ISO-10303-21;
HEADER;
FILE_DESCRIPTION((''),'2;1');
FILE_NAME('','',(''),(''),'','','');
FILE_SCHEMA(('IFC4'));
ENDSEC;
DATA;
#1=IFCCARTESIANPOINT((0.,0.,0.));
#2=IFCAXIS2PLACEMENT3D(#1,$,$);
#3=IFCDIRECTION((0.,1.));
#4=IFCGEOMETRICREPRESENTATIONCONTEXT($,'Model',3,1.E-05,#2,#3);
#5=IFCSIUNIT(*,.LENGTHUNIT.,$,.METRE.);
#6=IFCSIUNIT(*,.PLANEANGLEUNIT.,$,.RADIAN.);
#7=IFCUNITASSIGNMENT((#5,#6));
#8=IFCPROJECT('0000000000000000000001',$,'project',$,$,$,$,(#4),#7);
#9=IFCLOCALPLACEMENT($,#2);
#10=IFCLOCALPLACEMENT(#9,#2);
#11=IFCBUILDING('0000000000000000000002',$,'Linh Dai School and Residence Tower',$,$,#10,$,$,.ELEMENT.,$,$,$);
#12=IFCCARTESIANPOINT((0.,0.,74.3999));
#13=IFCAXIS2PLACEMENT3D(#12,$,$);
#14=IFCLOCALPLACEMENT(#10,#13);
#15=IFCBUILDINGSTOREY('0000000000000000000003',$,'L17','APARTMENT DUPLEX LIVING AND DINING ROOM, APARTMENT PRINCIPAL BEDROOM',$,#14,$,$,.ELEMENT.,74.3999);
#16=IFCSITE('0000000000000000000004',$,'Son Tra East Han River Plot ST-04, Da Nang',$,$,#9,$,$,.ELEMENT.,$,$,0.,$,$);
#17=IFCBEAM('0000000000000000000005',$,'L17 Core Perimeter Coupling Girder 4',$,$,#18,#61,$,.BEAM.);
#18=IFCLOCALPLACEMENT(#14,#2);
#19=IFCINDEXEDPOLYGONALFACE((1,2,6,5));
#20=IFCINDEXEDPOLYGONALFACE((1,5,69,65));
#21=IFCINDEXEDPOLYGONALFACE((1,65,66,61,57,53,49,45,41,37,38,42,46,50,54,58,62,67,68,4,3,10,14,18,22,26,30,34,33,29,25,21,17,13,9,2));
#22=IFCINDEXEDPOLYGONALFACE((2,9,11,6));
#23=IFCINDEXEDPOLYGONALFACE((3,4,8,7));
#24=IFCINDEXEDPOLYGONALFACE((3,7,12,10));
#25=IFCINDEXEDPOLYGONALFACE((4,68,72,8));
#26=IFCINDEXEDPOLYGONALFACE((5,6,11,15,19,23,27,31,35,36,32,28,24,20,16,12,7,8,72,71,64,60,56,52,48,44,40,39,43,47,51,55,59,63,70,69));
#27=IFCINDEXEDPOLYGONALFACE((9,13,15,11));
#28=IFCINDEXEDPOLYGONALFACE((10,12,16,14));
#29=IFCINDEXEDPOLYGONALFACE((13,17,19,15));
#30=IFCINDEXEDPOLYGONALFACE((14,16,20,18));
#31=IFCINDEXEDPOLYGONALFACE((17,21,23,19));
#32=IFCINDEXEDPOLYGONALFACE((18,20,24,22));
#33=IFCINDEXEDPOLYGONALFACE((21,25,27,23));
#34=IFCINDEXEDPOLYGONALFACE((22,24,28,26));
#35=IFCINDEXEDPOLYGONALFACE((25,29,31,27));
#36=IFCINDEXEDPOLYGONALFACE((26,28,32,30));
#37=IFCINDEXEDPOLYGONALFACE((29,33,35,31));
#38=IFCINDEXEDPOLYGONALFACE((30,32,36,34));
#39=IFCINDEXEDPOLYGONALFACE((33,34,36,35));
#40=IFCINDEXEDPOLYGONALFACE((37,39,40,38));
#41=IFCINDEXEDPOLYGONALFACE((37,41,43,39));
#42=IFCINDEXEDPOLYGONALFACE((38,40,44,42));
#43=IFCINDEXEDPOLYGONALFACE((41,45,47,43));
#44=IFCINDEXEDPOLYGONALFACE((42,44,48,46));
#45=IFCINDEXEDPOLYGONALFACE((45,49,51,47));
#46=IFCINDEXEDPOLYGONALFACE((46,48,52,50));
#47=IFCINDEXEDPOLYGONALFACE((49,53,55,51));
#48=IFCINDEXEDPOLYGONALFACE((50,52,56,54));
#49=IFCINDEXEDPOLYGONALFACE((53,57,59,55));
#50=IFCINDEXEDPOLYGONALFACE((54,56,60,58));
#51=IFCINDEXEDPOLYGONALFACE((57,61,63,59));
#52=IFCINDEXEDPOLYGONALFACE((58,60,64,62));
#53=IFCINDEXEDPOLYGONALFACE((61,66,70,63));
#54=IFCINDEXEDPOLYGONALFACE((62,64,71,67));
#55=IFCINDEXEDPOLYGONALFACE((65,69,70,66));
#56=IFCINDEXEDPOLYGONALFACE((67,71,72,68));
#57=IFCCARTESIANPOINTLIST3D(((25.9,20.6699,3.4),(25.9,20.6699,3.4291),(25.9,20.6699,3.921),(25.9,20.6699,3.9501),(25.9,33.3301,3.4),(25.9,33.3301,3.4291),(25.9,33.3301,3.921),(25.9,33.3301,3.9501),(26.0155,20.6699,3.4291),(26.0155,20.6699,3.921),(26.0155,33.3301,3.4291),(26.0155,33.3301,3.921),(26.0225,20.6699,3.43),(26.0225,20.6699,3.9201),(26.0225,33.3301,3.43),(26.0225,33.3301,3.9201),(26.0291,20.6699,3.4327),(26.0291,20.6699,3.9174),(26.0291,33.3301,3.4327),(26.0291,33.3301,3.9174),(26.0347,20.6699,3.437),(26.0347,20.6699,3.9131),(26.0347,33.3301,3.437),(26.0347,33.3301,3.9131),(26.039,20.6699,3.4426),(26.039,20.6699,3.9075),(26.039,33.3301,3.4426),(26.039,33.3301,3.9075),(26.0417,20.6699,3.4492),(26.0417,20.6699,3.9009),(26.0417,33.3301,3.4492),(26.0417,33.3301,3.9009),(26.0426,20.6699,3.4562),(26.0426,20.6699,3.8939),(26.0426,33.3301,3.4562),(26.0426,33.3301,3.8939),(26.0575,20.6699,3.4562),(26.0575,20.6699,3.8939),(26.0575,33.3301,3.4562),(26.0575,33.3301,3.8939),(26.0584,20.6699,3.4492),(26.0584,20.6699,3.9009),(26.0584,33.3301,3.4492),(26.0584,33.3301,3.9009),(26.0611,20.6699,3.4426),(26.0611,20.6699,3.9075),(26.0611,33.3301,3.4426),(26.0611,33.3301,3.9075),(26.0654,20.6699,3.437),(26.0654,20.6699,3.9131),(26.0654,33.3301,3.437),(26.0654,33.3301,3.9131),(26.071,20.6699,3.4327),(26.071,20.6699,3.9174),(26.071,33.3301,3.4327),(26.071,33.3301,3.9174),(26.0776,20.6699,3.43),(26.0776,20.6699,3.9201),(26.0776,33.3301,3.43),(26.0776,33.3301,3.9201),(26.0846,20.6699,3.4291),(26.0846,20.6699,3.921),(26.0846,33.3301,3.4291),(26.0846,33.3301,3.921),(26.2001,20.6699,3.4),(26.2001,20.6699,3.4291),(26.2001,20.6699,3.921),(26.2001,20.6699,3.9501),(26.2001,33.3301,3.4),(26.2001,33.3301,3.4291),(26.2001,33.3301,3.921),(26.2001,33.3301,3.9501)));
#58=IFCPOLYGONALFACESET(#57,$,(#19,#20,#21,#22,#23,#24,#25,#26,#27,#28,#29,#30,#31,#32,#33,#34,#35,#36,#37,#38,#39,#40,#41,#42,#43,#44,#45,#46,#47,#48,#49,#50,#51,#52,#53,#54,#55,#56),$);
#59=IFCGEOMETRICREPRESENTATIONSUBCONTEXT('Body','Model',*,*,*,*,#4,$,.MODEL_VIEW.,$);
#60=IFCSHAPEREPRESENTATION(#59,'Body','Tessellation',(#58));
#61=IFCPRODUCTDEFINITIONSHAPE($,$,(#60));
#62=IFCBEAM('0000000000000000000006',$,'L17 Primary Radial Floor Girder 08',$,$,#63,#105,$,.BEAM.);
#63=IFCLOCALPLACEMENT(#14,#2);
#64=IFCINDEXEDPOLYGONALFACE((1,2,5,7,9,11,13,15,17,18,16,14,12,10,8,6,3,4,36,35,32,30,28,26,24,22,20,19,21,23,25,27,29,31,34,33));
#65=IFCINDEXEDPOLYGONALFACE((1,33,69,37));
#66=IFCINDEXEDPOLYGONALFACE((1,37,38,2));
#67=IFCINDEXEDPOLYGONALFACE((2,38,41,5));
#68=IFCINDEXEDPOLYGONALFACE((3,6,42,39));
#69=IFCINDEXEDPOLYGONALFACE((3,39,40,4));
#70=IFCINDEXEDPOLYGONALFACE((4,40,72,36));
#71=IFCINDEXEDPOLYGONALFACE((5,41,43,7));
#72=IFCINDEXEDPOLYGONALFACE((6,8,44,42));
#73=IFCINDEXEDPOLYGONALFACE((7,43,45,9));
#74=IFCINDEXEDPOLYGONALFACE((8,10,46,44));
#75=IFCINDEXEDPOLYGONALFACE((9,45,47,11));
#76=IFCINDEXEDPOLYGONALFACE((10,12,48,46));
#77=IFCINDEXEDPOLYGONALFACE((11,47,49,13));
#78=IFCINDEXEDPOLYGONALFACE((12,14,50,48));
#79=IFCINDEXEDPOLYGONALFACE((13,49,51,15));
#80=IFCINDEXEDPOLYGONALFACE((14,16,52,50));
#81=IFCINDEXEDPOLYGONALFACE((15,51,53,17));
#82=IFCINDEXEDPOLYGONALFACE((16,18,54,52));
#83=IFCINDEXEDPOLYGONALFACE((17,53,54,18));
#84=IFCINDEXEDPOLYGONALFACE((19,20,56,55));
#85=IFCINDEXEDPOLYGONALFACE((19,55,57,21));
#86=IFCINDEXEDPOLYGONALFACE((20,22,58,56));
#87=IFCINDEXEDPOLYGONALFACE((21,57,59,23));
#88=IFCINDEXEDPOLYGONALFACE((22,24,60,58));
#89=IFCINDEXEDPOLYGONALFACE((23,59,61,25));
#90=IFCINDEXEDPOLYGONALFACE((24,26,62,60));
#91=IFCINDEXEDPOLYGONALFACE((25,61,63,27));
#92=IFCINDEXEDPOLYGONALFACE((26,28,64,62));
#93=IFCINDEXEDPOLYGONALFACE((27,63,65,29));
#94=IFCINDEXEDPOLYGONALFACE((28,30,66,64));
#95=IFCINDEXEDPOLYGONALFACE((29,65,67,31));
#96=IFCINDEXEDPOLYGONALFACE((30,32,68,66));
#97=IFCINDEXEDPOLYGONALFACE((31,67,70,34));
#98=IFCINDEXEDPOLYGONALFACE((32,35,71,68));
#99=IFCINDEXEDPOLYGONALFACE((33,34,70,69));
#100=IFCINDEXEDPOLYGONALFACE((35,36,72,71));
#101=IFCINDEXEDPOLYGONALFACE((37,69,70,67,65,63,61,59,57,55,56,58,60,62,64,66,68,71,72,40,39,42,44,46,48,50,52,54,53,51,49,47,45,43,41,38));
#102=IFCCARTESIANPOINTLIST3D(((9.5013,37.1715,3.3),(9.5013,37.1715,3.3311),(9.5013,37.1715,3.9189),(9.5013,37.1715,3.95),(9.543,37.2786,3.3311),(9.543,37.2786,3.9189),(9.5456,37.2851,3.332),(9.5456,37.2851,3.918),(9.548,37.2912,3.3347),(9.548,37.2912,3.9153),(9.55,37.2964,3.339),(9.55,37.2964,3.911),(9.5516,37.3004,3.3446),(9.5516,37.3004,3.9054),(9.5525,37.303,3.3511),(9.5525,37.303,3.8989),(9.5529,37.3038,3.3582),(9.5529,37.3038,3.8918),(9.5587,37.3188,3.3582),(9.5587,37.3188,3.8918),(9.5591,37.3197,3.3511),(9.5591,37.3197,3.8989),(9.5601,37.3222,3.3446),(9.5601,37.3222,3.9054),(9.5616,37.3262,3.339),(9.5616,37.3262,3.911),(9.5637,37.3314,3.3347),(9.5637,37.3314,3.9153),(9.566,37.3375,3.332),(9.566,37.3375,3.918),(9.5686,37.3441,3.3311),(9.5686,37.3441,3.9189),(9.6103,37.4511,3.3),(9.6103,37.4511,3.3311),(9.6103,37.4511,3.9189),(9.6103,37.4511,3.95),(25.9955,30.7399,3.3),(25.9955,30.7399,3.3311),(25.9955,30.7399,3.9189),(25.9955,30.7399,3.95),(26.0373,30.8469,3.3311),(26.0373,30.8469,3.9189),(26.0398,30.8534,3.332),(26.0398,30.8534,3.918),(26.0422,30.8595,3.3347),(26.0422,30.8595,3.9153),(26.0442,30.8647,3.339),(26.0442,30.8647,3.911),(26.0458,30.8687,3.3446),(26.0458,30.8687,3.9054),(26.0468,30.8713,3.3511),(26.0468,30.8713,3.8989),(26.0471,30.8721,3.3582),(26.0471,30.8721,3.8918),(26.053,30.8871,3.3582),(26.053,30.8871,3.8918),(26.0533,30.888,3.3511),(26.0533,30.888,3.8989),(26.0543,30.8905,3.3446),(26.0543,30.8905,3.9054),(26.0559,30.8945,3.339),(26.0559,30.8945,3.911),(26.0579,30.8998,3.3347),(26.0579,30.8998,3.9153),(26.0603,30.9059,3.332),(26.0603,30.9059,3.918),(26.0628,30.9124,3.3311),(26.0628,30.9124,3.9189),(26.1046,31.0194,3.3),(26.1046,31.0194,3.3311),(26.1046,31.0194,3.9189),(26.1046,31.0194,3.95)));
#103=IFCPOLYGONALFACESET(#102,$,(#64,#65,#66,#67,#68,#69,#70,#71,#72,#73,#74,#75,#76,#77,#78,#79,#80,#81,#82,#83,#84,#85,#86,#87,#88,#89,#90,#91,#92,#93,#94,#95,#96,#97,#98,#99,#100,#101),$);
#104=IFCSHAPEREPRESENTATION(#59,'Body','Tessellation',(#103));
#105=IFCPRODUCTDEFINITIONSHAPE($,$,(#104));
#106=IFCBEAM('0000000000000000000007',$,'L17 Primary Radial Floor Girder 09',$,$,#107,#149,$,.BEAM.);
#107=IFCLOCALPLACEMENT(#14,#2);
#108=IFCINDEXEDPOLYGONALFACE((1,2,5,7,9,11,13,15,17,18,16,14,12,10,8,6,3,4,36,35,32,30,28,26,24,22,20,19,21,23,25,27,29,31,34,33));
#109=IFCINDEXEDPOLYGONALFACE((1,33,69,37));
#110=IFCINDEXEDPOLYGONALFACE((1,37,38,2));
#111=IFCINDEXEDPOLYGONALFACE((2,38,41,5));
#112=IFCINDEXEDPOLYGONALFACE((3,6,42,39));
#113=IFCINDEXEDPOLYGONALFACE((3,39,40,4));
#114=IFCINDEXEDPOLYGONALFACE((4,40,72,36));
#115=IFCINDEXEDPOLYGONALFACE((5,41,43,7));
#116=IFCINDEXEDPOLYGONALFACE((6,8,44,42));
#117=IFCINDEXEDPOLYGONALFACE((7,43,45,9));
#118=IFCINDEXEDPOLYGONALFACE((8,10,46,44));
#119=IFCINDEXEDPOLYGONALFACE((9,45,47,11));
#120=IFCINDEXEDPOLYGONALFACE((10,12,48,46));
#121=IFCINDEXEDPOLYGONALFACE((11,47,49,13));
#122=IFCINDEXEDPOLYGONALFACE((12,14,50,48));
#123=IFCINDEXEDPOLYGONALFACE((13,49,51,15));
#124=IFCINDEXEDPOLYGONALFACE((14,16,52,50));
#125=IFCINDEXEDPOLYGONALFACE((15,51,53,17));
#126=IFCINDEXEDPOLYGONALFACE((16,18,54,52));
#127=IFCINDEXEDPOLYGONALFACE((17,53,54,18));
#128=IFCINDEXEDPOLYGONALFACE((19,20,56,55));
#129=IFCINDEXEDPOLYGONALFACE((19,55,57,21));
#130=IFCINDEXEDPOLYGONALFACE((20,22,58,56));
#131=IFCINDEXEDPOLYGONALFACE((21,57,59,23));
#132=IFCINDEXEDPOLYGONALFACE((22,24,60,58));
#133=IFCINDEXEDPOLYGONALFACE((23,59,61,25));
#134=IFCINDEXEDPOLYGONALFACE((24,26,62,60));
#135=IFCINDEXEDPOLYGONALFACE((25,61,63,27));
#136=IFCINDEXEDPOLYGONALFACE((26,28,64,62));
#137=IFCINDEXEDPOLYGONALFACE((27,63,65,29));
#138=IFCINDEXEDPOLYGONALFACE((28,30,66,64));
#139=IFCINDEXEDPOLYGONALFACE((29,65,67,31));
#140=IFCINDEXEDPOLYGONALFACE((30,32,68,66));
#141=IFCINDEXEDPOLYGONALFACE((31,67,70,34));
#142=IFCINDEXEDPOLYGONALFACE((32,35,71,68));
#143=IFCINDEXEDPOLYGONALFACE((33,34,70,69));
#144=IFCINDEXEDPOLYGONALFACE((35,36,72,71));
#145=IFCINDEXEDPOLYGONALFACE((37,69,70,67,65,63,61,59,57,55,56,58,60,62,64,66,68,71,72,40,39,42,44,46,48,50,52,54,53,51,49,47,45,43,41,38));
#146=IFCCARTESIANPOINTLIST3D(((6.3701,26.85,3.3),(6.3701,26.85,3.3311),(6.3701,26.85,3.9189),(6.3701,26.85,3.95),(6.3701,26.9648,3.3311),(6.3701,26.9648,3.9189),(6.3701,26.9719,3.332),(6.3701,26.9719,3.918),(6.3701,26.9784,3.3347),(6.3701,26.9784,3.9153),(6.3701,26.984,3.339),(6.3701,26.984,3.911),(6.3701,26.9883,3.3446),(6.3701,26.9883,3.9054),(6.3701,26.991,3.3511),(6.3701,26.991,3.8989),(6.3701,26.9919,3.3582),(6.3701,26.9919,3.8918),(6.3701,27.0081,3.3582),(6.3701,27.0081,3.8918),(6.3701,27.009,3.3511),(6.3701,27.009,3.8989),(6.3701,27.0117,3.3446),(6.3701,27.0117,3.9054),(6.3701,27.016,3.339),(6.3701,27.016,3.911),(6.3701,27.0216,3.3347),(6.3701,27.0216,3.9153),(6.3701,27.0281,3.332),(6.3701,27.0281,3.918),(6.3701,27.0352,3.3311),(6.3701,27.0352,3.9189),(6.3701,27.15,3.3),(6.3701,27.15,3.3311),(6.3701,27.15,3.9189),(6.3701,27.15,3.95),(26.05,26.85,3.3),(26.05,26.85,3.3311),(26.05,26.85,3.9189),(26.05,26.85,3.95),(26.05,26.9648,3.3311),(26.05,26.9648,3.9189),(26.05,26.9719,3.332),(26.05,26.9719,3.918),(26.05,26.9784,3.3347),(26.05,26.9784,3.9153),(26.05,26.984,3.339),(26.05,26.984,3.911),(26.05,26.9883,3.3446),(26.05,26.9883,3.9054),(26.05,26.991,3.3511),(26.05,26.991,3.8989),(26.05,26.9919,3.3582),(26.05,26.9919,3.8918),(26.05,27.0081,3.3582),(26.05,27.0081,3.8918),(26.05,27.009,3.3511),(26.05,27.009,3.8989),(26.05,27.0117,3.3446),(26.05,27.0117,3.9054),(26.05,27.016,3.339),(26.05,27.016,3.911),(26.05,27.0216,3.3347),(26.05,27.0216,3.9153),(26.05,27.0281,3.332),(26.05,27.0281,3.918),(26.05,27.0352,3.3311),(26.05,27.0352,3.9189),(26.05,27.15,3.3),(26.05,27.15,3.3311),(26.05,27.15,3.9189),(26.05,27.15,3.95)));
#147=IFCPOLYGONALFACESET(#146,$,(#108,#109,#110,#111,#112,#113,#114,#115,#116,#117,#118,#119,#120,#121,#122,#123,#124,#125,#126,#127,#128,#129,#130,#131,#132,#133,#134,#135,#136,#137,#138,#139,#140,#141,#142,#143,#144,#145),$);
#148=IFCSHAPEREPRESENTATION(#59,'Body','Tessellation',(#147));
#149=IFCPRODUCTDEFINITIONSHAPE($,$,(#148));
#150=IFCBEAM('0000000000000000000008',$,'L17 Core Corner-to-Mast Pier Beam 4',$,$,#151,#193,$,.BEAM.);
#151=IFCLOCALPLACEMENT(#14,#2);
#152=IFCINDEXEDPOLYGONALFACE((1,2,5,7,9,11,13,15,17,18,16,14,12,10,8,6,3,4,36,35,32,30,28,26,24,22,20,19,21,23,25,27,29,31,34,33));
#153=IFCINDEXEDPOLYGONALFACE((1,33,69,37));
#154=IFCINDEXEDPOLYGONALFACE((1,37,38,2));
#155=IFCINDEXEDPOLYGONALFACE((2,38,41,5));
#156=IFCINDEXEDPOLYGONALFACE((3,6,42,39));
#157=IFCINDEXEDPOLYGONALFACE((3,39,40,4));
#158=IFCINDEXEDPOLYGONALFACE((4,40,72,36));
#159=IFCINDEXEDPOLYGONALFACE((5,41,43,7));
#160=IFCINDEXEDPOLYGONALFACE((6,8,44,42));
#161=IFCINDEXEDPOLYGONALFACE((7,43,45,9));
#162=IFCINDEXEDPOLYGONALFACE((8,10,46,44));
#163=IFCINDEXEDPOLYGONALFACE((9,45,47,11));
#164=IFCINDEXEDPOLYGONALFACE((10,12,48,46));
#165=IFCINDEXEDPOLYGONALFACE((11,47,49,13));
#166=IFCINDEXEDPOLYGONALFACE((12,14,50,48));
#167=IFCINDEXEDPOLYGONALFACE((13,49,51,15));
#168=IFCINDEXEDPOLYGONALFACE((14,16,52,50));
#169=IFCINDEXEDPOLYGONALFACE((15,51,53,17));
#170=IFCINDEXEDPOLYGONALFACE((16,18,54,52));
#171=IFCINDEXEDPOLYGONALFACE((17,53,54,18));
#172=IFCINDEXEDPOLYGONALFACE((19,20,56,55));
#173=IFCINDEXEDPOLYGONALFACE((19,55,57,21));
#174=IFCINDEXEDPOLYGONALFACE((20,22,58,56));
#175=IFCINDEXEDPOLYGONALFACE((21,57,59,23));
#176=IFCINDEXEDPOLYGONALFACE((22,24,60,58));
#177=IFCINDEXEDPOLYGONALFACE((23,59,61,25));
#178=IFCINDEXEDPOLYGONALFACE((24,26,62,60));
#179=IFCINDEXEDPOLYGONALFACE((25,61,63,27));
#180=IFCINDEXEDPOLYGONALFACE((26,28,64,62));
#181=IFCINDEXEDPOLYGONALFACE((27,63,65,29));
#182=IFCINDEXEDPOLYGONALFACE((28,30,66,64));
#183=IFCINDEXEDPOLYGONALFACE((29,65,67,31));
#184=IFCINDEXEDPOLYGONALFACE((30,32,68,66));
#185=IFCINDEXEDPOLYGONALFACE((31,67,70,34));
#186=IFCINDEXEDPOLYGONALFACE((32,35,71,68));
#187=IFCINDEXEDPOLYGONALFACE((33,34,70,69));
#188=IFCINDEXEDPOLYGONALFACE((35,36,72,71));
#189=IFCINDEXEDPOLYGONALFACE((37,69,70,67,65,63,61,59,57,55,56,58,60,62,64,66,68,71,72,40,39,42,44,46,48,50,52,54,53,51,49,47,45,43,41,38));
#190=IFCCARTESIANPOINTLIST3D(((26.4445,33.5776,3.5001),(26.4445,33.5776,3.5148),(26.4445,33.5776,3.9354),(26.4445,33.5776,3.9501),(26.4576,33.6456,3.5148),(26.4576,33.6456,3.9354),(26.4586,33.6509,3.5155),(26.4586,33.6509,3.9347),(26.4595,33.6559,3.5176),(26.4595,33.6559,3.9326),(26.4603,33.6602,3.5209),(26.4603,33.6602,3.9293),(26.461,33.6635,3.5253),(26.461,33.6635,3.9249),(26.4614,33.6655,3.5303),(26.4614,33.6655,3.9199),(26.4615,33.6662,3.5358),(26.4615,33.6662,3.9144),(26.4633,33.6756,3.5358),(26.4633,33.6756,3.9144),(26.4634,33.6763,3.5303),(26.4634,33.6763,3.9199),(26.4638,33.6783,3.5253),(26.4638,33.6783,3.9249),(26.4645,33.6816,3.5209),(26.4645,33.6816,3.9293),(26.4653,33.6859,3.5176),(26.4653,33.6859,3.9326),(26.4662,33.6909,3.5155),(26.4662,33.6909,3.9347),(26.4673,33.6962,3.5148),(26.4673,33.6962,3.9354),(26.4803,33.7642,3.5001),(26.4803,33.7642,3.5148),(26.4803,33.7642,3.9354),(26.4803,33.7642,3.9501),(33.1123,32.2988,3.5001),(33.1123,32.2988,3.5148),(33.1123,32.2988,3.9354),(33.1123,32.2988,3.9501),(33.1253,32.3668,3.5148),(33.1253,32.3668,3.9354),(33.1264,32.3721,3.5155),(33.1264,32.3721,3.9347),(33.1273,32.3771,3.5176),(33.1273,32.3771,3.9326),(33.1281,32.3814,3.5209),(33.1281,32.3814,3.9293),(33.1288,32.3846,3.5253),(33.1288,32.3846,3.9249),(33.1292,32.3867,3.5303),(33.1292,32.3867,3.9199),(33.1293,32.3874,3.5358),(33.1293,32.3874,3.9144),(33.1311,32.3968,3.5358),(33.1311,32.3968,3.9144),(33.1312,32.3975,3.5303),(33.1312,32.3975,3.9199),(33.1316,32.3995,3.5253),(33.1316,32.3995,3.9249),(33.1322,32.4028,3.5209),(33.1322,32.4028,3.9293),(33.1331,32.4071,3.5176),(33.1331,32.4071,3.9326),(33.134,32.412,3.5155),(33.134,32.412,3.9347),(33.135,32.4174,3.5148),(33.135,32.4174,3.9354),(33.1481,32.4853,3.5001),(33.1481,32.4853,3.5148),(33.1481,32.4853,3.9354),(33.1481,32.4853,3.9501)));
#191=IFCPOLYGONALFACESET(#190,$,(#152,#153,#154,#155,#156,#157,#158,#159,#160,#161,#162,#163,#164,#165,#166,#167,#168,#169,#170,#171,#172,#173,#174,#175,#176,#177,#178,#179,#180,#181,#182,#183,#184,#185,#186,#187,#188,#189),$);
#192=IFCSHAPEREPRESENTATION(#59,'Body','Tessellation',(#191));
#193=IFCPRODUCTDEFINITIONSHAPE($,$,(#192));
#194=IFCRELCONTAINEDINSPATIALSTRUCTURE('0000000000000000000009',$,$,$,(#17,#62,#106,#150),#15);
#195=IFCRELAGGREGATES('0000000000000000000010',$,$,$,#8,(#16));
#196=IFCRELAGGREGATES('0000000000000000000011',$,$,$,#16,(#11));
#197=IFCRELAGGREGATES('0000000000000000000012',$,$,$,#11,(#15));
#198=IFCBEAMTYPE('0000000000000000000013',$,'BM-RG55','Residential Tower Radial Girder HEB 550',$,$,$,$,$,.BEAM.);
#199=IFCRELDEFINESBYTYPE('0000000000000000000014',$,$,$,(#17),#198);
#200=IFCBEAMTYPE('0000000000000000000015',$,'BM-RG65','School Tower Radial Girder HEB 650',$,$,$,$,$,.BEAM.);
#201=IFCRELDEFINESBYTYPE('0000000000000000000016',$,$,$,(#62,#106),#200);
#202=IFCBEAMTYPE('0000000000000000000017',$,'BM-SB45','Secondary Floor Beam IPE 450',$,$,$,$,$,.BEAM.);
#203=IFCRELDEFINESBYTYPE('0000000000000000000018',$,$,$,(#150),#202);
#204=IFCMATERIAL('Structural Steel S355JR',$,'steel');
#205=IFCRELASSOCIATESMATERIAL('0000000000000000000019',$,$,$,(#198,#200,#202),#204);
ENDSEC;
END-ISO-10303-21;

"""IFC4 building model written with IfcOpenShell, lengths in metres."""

from ifc_helpers import new_model, si_unit, direction, frame, origin, origin_2d, place, context, subcontext, project, spatial, i_section, extrude, material, material_profile, profile_set, type_object, element, save


model = new_model("IFC4")

# Units and contexts
model_context = context("Model", 3, precision=1e-05, world=origin(), true_north=direction((0.0, 1.0)))
body_context = subcontext(model_context, "Body", "Model", "MODEL_VIEW")
ifc_project = project(units=[si_unit("LENGTHUNIT", "METRE"), si_unit("PLANEANGLEUNIT", "RADIAN")], contexts=[model_context])

# Site, building, storey
site_placement = place(None, origin())
site = spatial("IfcSite", under=ifc_project, at=site_placement, Name="Son Tra East Han River Plot ST-04, Da Nang", CompositionType="ELEMENT", RefElevation=0.0)
building_placement = place(site_placement, origin())
building = spatial("IfcBuilding", under=site, at=building_placement, Name="Linh Dai School and Residence Tower", CompositionType="ELEMENT")
storey_placement = place(building_placement, frame((0.0, 0.0, 74.3999)))
storey = spatial("IfcBuildingStorey", under=building, at=storey_placement, Name="L17", Description="APARTMENT DUPLEX LIVING AND DINING ROOM, APARTMENT PRINCIPAL BEDROOM", CompositionType="ELEMENT", Elevation=74.3999)

# Shared definitions
ifc_material_1 = material(Name="Structural Steel S355JR", Category="steel")

# Beams
ifc_material_profile_1 = material_profile(ifc_material_1, i_section(OverallWidth=0.3, OverallDepth=0.55, WebThickness=0.0149, FlangeThickness=0.0291, FilletRadius=0.0271, at=origin_2d()), Name="HEB 550")
ifc_profile_set_1 = profile_set([ifc_material_profile_1], Name="Structural Steel S355JR")
beam_type_1 = type_object("IfcBeamType", Name="BM-RG55", Description="Residential Tower Radial Girder HEB 550", PredefinedType="BEAM", material=ifc_profile_set_1)
beam_1_placement = place(storey_placement, frame((26.05, 33.3301, 3.675), z_axis=(0.0, -1.0, 0.0), x_axis=(1.0, 0.0, 0.0)))
element("IfcBeam", 1, at=beam_1_placement, inside=storey, type_object=beam_type_1, Name="L17 Core Perimeter Coupling Girder 4", PredefinedType="BEAM", context=body_context, shape_type="SweptSolid", body=[
    extrude(i_section(OverallWidth=0.3, OverallDepth=0.55, WebThickness=0.0149, FlangeThickness=0.0291, FilletRadius=0.0271, at=origin_2d()), origin(), (0.0, 0.0, 1.0), 12.6602),
])
ifc_material_profile_2 = material_profile(ifc_material_1, i_section(OverallWidth=0.3, OverallDepth=0.6499, WebThickness=0.0161, FlangeThickness=0.031, FilletRadius=0.0271, at=origin_2d()), Name="HEB 650")
ifc_profile_set_2 = profile_set([ifc_material_profile_2], Name="Structural Steel S355JR")
beam_type_2 = type_object("IfcBeamType", Name="BM-RG65", Description="School Tower Radial Girder HEB 650", PredefinedType="BEAM", material=ifc_profile_set_2)
beam_2_placement = place(storey_placement, frame((26.05, 30.8796, 3.625), z_axis=(-0.931675, 0.363293, 0.0), x_axis=(-0.363293, -0.931675, 0.0)))
element("IfcBeam", 2, at=beam_2_placement, inside=storey, type_object=beam_type_2, Name="L17 Primary Radial Floor Girder 08", PredefinedType="BEAM", context=body_context, shape_type="SweptSolid", body=[
    extrude(i_section(OverallWidth=0.3, OverallDepth=0.6499, WebThickness=0.0161, FlangeThickness=0.031, FilletRadius=0.0271, at=origin_2d()), origin(), (0.0, 0.0, 1.0), 17.7039),
])
beam_3_placement = place(storey_placement, frame((26.05, 27.0, 3.625), z_axis=(-1.0, 0.0, 0.0), x_axis=(0.0, -1.0, 0.0)))
element("IfcBeam", 3, at=beam_3_placement, inside=storey, type_object=beam_type_2, Name="L17 Primary Radial Floor Girder 09", PredefinedType="BEAM", context=body_context, shape_type="SweptSolid", body=[
    extrude(i_section(OverallWidth=0.3, OverallDepth=0.6499, WebThickness=0.0161, FlangeThickness=0.031, FilletRadius=0.0271, at=origin_2d()), origin(), (0.0, 0.0, 1.0), 19.6799),
])
ifc_material_profile_3 = material_profile(ifc_material_1, i_section(OverallWidth=0.1899, OverallDepth=0.45, WebThickness=0.0095, FlangeThickness=0.0146, FilletRadius=0.021, at=origin_2d()), Name="IPE 450")
ifc_profile_set_3 = profile_set([ifc_material_profile_3], Name="Structural Steel S355JR")
beam_type_3 = type_object("IfcBeamType", Name="BM-SB45", Description="Secondary Floor Beam IPE 450", PredefinedType="BEAM", material=ifc_profile_set_3)
beam_4_placement = place(storey_placement, frame((26.4624, 33.6709, 3.7251), z_axis=(0.9821, -0.188358, 0.0), x_axis=(0.188358, 0.9821, 0.0)))
element("IfcBeam", 4, at=beam_4_placement, inside=storey, type_object=beam_type_3, Name="L17 Core Corner-to-Mast Pier Beam 4", PredefinedType="BEAM", context=body_context, shape_type="SweptSolid", body=[
    extrude(i_section(OverallWidth=0.1899, OverallDepth=0.45, WebThickness=0.0095, FlangeThickness=0.0146, FilletRadius=0.021, at=origin_2d()), origin(), (0.0, 0.0, 1.0), 6.7893),
])

save(model, "model.ifc")
